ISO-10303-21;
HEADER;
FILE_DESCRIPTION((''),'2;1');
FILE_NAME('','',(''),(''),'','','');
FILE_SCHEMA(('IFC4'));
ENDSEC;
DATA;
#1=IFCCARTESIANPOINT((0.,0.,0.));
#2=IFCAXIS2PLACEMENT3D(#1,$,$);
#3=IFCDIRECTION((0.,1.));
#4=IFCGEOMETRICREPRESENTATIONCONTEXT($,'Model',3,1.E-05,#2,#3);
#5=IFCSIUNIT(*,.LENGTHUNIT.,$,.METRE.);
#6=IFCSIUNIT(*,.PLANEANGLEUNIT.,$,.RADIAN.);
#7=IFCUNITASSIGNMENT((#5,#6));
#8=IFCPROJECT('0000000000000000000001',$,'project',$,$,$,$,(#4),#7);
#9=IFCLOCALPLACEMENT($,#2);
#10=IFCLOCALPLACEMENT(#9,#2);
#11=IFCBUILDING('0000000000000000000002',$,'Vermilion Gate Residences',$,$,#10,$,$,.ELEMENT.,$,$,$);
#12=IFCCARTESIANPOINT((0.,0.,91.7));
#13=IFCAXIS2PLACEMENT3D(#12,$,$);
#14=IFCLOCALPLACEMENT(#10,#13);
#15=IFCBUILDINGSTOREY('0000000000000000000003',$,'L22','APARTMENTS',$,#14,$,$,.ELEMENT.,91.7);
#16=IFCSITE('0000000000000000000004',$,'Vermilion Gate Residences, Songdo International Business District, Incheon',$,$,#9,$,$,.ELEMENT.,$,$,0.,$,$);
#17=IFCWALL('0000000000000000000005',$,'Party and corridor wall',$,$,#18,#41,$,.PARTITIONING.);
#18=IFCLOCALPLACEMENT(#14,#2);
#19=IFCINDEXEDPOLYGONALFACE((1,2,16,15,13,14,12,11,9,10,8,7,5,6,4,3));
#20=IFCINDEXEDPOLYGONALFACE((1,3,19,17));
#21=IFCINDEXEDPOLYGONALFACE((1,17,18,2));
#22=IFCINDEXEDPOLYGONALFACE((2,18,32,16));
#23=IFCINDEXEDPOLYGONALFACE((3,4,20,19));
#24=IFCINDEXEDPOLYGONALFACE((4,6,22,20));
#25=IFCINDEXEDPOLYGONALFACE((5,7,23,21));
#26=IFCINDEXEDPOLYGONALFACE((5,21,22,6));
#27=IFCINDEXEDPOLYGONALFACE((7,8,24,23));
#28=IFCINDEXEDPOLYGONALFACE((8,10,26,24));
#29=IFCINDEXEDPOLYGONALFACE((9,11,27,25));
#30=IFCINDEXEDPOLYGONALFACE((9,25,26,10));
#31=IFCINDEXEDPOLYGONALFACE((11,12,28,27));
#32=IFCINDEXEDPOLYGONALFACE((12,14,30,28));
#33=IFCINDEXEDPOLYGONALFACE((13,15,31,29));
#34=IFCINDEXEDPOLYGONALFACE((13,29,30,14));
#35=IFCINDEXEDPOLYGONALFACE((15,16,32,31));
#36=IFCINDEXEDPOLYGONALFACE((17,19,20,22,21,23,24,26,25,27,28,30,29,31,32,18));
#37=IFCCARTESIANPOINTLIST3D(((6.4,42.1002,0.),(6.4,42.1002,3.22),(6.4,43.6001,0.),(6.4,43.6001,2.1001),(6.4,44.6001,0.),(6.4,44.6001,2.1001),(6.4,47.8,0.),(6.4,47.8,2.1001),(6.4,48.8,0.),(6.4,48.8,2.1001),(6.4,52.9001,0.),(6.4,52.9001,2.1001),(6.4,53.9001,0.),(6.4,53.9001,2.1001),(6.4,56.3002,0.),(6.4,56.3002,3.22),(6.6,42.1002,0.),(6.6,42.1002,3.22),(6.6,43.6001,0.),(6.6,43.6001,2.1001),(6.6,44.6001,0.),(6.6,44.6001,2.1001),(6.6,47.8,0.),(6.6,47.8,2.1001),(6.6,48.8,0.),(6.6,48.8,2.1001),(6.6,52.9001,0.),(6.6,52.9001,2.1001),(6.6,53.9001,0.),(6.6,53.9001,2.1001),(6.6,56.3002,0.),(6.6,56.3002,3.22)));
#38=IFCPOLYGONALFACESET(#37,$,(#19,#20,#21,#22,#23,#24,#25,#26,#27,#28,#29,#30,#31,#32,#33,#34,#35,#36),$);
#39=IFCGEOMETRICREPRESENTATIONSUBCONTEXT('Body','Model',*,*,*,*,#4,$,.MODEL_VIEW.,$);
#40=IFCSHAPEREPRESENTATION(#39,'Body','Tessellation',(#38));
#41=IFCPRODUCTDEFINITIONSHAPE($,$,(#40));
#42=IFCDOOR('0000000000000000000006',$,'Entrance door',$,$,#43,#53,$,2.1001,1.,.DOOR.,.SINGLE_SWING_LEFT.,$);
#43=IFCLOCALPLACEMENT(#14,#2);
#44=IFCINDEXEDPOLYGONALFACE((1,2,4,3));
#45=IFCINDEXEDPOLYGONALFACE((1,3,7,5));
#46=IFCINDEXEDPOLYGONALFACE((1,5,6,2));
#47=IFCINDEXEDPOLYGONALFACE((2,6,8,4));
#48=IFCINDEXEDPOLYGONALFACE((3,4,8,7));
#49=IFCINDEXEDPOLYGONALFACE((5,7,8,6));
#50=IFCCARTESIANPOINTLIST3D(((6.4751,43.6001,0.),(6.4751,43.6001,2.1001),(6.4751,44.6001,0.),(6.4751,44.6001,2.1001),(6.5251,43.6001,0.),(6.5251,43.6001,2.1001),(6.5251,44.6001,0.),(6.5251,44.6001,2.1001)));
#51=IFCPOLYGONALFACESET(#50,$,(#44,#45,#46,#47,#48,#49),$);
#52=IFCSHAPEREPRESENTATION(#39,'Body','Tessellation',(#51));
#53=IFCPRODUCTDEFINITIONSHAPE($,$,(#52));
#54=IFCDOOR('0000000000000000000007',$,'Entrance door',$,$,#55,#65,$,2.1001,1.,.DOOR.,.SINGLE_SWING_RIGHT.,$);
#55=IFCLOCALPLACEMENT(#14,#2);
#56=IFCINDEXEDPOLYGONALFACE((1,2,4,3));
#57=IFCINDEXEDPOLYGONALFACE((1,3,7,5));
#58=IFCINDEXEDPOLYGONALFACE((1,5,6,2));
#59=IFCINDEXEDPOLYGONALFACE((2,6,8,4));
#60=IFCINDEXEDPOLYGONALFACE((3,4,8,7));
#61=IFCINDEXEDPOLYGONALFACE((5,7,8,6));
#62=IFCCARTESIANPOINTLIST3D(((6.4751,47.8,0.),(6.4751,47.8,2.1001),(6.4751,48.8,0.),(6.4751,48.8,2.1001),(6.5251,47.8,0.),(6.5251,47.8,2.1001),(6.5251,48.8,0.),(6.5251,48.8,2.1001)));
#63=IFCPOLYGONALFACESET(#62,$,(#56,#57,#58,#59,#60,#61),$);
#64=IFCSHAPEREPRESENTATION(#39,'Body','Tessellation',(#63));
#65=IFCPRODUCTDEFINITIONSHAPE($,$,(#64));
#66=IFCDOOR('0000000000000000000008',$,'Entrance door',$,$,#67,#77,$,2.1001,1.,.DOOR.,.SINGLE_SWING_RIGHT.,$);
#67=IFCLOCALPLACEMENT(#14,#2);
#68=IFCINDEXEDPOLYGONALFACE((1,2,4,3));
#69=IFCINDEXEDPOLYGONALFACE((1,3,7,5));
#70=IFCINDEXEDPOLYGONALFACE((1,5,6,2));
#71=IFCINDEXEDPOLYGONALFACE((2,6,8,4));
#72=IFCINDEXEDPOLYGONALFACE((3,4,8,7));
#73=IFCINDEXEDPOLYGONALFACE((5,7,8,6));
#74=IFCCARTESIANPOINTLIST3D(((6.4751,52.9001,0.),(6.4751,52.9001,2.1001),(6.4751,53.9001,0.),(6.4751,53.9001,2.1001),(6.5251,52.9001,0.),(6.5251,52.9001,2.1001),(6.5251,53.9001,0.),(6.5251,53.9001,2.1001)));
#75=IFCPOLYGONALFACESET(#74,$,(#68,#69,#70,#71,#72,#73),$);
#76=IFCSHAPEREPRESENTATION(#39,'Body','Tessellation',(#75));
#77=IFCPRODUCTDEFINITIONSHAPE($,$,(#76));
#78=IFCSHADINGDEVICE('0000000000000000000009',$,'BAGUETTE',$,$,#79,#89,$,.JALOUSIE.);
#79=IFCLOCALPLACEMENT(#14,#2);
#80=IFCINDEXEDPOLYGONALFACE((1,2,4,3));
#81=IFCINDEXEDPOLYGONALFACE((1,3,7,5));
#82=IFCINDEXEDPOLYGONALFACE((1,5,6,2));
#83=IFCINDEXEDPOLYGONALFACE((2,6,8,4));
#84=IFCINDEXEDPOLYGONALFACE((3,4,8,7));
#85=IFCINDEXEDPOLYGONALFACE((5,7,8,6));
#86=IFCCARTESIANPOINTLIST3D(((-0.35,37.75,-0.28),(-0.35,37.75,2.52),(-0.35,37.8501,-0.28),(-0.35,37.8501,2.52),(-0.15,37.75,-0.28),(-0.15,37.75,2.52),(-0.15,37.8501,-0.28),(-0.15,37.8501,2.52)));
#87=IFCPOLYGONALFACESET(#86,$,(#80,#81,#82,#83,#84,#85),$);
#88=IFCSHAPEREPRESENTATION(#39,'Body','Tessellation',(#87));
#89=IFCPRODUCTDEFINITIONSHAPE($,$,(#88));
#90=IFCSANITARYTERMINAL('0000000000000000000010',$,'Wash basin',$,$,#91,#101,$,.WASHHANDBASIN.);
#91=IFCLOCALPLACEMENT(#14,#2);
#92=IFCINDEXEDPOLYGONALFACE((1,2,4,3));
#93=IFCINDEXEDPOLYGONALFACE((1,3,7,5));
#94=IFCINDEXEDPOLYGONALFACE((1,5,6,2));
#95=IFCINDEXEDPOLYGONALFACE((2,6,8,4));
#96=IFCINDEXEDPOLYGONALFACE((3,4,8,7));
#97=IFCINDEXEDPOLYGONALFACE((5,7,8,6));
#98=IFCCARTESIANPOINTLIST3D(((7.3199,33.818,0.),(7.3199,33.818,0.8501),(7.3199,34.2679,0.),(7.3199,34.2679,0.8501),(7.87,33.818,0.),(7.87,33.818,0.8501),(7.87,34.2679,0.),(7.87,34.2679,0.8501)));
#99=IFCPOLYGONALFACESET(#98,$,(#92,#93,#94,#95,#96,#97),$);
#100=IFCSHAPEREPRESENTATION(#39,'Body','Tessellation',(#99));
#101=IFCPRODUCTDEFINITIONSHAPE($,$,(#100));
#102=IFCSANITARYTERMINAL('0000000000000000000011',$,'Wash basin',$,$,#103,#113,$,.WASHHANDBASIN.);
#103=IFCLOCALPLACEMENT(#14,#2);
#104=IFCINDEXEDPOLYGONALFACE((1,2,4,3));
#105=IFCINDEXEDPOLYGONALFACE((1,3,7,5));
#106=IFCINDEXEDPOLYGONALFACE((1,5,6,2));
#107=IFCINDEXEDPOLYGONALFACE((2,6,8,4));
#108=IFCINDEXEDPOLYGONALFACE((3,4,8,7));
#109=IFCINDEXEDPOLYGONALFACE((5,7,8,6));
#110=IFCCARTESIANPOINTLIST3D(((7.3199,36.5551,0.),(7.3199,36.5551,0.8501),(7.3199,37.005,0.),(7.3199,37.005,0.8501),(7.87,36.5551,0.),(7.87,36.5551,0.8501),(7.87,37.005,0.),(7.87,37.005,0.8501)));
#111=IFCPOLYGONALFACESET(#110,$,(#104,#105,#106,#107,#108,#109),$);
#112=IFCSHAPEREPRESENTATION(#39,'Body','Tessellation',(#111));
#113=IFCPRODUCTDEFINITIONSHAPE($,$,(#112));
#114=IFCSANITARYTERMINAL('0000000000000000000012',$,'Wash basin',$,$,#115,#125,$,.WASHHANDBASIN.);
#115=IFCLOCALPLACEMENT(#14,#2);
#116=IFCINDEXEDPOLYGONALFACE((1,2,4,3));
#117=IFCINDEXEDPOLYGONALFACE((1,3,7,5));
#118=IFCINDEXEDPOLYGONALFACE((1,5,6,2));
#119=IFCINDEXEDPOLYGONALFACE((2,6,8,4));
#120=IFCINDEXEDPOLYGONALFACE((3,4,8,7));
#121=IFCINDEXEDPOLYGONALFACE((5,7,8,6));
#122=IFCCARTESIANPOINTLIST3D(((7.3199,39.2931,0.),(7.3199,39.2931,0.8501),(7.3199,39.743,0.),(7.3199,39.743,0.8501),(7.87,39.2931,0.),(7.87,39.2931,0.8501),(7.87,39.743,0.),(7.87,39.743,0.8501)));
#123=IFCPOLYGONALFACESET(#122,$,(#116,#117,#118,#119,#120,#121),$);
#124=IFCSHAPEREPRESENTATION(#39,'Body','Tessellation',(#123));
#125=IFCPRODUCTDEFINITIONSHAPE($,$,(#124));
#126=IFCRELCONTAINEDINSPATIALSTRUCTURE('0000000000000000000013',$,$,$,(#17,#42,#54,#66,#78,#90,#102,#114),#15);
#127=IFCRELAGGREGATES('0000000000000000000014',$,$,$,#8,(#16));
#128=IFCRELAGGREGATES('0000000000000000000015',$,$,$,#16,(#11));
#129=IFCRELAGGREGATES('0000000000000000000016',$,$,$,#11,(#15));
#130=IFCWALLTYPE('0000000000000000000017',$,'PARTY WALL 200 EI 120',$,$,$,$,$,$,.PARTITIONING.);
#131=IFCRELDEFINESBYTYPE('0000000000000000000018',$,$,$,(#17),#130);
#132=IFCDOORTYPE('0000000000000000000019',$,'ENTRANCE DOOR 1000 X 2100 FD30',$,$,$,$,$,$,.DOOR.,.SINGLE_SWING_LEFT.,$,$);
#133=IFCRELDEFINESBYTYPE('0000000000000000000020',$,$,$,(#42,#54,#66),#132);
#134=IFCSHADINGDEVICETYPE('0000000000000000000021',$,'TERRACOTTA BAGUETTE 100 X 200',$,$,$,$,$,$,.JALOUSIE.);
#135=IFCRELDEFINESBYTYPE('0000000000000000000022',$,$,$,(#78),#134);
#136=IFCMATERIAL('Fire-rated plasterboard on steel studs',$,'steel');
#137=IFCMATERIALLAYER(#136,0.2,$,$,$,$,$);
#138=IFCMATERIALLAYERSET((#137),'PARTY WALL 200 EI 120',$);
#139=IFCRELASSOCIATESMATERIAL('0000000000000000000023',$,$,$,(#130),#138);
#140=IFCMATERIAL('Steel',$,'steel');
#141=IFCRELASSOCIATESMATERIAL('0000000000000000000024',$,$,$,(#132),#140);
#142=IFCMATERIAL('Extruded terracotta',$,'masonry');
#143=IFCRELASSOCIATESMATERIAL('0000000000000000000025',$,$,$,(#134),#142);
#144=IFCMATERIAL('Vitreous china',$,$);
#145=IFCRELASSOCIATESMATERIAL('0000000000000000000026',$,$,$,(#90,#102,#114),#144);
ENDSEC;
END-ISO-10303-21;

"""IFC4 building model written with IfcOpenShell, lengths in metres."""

from ifc_helpers import new_model, si_unit, direction, frame, frame_2d, origin, origin_2d, place, context, subcontext, project, spatial, rectangle, extrude, material, layer, layer_set, material_profile, profile_set, type_object, element, fill, save


model = new_model("IFC4")

# Units and contexts
model_context = context("Model", 3, precision=1e-05, world=origin(), true_north=direction((0.0, 1.0)))
body_context = subcontext(model_context, "Body", "Model", "MODEL_VIEW")
ifc_project = project(units=[si_unit("LENGTHUNIT", "METRE"), si_unit("PLANEANGLEUNIT", "RADIAN")], contexts=[model_context])

# Site, building, storey
site_placement = place(None, origin())
site = spatial("IfcSite", under=ifc_project, at=site_placement, Name="Vermilion Gate Residences, Songdo International Business District, Incheon", CompositionType="ELEMENT", RefElevation=0.0)
building_placement = place(site_placement, origin())
building = spatial("IfcBuilding", under=site, at=building_placement, Name="Vermilion Gate Residences", CompositionType="ELEMENT")
storey_placement = place(building_placement, frame((0.0, 0.0, 91.7)))
storey = spatial("IfcBuildingStorey", under=building, at=storey_placement, Name="L22", Description="APARTMENTS", CompositionType="ELEMENT", Elevation=91.7)

# Shared definitions
ifc_material_1 = material(Name="Fire-rated plasterboard on steel studs", Category="steel")
ifc_layer_1 = layer(ifc_material_1, 0.2)
ifc_layer_set_1 = layer_set([ifc_layer_1], Name="PARTY WALL 200 EI 120")
wall_type_1 = type_object("IfcWallType", Name="PARTY WALL 200 EI 120", PredefinedType="PARTITIONING", material=ifc_layer_set_1)

# Wall, openings, doors
wall_1_placement = place(storey_placement, frame((6.5, 42.1001, 0.0), z_axis=(0.0, 0.0, 1.0), x_axis=(0.0, 1.0, 0.0)))
wall_1 = element("IfcWall", 1, at=wall_1_placement, inside=storey, type_object=wall_type_1, Name="Party and corridor wall", PredefinedType="PARTITIONING", context=body_context, shape_type="SweptSolid", body=[
    extrude(rectangle(XDim=14.2, YDim=0.2, at=frame_2d((7.1001, 0.0))), origin(), (0.0, 0.0, 1.0), 3.22),
])
opening_1_placement = place(wall_1_placement, frame((1.5, 0.0, 0.0)))
opening_1 = element("IfcOpeningElement", 2, at=opening_1_placement, cuts=wall_1, PredefinedType="OPENING", context=body_context, shape_type="SweptSolid", body=[
    extrude(rectangle(XDim=1.0, YDim=2.1001, at=frame_2d((0.5, 1.05))), frame((0.0, 0.1099, 0.0), z_axis=(0.0, -1.0, 0.0), x_axis=(1.0, 0.0, 0.0)), (0.0, 0.0, 1.0), 0.22),
])
opening_2_placement = place(wall_1_placement, frame((5.7, 0.0, 0.0)))
opening_2 = element("IfcOpeningElement", 3, at=opening_2_placement, cuts=wall_1, PredefinedType="OPENING", context=body_context, shape_type="SweptSolid", body=[
    extrude(rectangle(XDim=1.0, YDim=2.1001, at=frame_2d((0.5, 1.05))), frame((0.0, 0.1099, 0.0), z_axis=(0.0, -1.0, 0.0), x_axis=(1.0, 0.0, 0.0)), (0.0, 0.0, 1.0), 0.22),
])
opening_3_placement = place(wall_1_placement, frame((10.8, 0.0, 0.0)))
opening_3 = element("IfcOpeningElement", 4, at=opening_3_placement, cuts=wall_1, PredefinedType="OPENING", context=body_context, shape_type="SweptSolid", body=[
    extrude(rectangle(XDim=1.0, YDim=2.1001, at=frame_2d((0.5, 1.05))), frame((0.0, 0.1099, 0.0), z_axis=(0.0, -1.0, 0.0), x_axis=(1.0, 0.0, 0.0)), (0.0, 0.0, 1.0), 0.22),
])
ifc_material_2 = material(Name="Steel", Category="steel")
door_type = type_object("IfcDoorType", Name="ENTRANCE DOOR 1000 X 2100 FD30", OperationType="SINGLE_SWING_LEFT", PredefinedType="DOOR", material=ifc_material_2)
door_1_placement = place(opening_1_placement, origin())
door_1 = element("IfcDoor", 5, at=door_1_placement, inside=storey, type_object=door_type, Name="Entrance door", OperationType="SINGLE_SWING_LEFT", OverallHeight=2.1001, OverallWidth=1.0, PredefinedType="DOOR", context=body_context, shape_type="SweptSolid", body=[
    extrude(rectangle(XDim=1.0, YDim=2.1001, at=frame_2d((0.5, 1.05))), frame((0.0, 0.0249, 0.0), z_axis=(0.0, -1.0, 0.0), x_axis=(1.0, 0.0, 0.0)), (0.0, 0.0, 1.0), 0.05),
])
fill(opening_1, door_1)
door_2_placement = place(opening_2_placement, origin())
door_2 = element("IfcDoor", 6, at=door_2_placement, inside=storey, type_object=door_type, Name="Entrance door", OperationType="SINGLE_SWING_RIGHT", OverallHeight=2.1001, OverallWidth=1.0, PredefinedType="DOOR", context=body_context, shape_type="SweptSolid", body=[
    extrude(rectangle(XDim=1.0, YDim=2.1001, at=frame_2d((0.5, 1.05))), frame((0.0, 0.0249, 0.0), z_axis=(0.0, -1.0, 0.0), x_axis=(1.0, 0.0, 0.0)), (0.0, 0.0, 1.0), 0.05),
])
fill(opening_2, door_2)
door_3_placement = place(opening_3_placement, origin())
door_3 = element("IfcDoor", 7, at=door_3_placement, inside=storey, type_object=door_type, Name="Entrance door", OperationType="SINGLE_SWING_RIGHT", OverallHeight=2.1001, OverallWidth=1.0, PredefinedType="DOOR", context=body_context, shape_type="SweptSolid", body=[
    extrude(rectangle(XDim=1.0, YDim=2.1001, at=frame_2d((0.5, 1.05))), frame((0.0, 0.0249, 0.0), z_axis=(0.0, -1.0, 0.0), x_axis=(1.0, 0.0, 0.0)), (0.0, 0.0, 1.0), 0.05),
])
fill(opening_3, door_3)

# Shading device
ifc_material_3 = material(Name="Extruded terracotta", Category="masonry")
ifc_material_profile_1 = material_profile(ifc_material_3, rectangle(XDim=0.2, YDim=0.1001, at=origin_2d()), Name="BAGUETTE 100 X 200")
ifc_profile_set_1 = profile_set([ifc_material_profile_1], Name="Extruded terracotta")
shading_device_type = type_object("IfcShadingDeviceType", Name="TERRACOTTA BAGUETTE 100 X 200", PredefinedType="JALOUSIE", material=ifc_profile_set_1)
shading_device_placement = place(storey_placement, frame((-0.25, 37.8, -0.28), z_axis=(0.0, 0.0, 1.0), x_axis=(1.0, 0.0, 0.0)))
element("IfcShadingDevice", 8, at=shading_device_placement, inside=storey, type_object=shading_device_type, Name="BAGUETTE", PredefinedType="JALOUSIE", context=body_context, shape_type="SweptSolid", body=[
    extrude(rectangle(XDim=0.2, YDim=0.1001, at=origin_2d()), origin(), (0.0, 0.0, 1.0), 2.8),
])

# Sanitary terminals
ifc_material_4 = material(Name="Vitreous china")
for number, where, z_axis, x_axis, name in (
    (9, (7.595, 34.043, 0.0), (0.0, 0.0, 1.0), (1.0, 0.0, 0.0), "Wash basin"),
    (10, (7.595, 36.78, 0.0), (0.0, 0.0, 1.0), (1.0, 0.0, 0.0), "Wash basin"),
    (11, (7.595, 39.5181, 0.0), (0.0, 0.0, 1.0), (1.0, 0.0, 0.0), "Wash basin"),
):
    element("IfcSanitaryTerminal", number, at=place(storey_placement, frame(where, z_axis=z_axis, x_axis=x_axis)), inside=storey, material=ifc_material_4, Name=name, PredefinedType="WASHHANDBASIN", context=body_context, shape_type="SweptSolid", body=[
        extrude(rectangle(XDim=0.55, YDim=0.45, at=origin_2d()), origin(), (0.0, 0.0, 1.0), 0.8501),
    ])

save(model, "model.ifc")
